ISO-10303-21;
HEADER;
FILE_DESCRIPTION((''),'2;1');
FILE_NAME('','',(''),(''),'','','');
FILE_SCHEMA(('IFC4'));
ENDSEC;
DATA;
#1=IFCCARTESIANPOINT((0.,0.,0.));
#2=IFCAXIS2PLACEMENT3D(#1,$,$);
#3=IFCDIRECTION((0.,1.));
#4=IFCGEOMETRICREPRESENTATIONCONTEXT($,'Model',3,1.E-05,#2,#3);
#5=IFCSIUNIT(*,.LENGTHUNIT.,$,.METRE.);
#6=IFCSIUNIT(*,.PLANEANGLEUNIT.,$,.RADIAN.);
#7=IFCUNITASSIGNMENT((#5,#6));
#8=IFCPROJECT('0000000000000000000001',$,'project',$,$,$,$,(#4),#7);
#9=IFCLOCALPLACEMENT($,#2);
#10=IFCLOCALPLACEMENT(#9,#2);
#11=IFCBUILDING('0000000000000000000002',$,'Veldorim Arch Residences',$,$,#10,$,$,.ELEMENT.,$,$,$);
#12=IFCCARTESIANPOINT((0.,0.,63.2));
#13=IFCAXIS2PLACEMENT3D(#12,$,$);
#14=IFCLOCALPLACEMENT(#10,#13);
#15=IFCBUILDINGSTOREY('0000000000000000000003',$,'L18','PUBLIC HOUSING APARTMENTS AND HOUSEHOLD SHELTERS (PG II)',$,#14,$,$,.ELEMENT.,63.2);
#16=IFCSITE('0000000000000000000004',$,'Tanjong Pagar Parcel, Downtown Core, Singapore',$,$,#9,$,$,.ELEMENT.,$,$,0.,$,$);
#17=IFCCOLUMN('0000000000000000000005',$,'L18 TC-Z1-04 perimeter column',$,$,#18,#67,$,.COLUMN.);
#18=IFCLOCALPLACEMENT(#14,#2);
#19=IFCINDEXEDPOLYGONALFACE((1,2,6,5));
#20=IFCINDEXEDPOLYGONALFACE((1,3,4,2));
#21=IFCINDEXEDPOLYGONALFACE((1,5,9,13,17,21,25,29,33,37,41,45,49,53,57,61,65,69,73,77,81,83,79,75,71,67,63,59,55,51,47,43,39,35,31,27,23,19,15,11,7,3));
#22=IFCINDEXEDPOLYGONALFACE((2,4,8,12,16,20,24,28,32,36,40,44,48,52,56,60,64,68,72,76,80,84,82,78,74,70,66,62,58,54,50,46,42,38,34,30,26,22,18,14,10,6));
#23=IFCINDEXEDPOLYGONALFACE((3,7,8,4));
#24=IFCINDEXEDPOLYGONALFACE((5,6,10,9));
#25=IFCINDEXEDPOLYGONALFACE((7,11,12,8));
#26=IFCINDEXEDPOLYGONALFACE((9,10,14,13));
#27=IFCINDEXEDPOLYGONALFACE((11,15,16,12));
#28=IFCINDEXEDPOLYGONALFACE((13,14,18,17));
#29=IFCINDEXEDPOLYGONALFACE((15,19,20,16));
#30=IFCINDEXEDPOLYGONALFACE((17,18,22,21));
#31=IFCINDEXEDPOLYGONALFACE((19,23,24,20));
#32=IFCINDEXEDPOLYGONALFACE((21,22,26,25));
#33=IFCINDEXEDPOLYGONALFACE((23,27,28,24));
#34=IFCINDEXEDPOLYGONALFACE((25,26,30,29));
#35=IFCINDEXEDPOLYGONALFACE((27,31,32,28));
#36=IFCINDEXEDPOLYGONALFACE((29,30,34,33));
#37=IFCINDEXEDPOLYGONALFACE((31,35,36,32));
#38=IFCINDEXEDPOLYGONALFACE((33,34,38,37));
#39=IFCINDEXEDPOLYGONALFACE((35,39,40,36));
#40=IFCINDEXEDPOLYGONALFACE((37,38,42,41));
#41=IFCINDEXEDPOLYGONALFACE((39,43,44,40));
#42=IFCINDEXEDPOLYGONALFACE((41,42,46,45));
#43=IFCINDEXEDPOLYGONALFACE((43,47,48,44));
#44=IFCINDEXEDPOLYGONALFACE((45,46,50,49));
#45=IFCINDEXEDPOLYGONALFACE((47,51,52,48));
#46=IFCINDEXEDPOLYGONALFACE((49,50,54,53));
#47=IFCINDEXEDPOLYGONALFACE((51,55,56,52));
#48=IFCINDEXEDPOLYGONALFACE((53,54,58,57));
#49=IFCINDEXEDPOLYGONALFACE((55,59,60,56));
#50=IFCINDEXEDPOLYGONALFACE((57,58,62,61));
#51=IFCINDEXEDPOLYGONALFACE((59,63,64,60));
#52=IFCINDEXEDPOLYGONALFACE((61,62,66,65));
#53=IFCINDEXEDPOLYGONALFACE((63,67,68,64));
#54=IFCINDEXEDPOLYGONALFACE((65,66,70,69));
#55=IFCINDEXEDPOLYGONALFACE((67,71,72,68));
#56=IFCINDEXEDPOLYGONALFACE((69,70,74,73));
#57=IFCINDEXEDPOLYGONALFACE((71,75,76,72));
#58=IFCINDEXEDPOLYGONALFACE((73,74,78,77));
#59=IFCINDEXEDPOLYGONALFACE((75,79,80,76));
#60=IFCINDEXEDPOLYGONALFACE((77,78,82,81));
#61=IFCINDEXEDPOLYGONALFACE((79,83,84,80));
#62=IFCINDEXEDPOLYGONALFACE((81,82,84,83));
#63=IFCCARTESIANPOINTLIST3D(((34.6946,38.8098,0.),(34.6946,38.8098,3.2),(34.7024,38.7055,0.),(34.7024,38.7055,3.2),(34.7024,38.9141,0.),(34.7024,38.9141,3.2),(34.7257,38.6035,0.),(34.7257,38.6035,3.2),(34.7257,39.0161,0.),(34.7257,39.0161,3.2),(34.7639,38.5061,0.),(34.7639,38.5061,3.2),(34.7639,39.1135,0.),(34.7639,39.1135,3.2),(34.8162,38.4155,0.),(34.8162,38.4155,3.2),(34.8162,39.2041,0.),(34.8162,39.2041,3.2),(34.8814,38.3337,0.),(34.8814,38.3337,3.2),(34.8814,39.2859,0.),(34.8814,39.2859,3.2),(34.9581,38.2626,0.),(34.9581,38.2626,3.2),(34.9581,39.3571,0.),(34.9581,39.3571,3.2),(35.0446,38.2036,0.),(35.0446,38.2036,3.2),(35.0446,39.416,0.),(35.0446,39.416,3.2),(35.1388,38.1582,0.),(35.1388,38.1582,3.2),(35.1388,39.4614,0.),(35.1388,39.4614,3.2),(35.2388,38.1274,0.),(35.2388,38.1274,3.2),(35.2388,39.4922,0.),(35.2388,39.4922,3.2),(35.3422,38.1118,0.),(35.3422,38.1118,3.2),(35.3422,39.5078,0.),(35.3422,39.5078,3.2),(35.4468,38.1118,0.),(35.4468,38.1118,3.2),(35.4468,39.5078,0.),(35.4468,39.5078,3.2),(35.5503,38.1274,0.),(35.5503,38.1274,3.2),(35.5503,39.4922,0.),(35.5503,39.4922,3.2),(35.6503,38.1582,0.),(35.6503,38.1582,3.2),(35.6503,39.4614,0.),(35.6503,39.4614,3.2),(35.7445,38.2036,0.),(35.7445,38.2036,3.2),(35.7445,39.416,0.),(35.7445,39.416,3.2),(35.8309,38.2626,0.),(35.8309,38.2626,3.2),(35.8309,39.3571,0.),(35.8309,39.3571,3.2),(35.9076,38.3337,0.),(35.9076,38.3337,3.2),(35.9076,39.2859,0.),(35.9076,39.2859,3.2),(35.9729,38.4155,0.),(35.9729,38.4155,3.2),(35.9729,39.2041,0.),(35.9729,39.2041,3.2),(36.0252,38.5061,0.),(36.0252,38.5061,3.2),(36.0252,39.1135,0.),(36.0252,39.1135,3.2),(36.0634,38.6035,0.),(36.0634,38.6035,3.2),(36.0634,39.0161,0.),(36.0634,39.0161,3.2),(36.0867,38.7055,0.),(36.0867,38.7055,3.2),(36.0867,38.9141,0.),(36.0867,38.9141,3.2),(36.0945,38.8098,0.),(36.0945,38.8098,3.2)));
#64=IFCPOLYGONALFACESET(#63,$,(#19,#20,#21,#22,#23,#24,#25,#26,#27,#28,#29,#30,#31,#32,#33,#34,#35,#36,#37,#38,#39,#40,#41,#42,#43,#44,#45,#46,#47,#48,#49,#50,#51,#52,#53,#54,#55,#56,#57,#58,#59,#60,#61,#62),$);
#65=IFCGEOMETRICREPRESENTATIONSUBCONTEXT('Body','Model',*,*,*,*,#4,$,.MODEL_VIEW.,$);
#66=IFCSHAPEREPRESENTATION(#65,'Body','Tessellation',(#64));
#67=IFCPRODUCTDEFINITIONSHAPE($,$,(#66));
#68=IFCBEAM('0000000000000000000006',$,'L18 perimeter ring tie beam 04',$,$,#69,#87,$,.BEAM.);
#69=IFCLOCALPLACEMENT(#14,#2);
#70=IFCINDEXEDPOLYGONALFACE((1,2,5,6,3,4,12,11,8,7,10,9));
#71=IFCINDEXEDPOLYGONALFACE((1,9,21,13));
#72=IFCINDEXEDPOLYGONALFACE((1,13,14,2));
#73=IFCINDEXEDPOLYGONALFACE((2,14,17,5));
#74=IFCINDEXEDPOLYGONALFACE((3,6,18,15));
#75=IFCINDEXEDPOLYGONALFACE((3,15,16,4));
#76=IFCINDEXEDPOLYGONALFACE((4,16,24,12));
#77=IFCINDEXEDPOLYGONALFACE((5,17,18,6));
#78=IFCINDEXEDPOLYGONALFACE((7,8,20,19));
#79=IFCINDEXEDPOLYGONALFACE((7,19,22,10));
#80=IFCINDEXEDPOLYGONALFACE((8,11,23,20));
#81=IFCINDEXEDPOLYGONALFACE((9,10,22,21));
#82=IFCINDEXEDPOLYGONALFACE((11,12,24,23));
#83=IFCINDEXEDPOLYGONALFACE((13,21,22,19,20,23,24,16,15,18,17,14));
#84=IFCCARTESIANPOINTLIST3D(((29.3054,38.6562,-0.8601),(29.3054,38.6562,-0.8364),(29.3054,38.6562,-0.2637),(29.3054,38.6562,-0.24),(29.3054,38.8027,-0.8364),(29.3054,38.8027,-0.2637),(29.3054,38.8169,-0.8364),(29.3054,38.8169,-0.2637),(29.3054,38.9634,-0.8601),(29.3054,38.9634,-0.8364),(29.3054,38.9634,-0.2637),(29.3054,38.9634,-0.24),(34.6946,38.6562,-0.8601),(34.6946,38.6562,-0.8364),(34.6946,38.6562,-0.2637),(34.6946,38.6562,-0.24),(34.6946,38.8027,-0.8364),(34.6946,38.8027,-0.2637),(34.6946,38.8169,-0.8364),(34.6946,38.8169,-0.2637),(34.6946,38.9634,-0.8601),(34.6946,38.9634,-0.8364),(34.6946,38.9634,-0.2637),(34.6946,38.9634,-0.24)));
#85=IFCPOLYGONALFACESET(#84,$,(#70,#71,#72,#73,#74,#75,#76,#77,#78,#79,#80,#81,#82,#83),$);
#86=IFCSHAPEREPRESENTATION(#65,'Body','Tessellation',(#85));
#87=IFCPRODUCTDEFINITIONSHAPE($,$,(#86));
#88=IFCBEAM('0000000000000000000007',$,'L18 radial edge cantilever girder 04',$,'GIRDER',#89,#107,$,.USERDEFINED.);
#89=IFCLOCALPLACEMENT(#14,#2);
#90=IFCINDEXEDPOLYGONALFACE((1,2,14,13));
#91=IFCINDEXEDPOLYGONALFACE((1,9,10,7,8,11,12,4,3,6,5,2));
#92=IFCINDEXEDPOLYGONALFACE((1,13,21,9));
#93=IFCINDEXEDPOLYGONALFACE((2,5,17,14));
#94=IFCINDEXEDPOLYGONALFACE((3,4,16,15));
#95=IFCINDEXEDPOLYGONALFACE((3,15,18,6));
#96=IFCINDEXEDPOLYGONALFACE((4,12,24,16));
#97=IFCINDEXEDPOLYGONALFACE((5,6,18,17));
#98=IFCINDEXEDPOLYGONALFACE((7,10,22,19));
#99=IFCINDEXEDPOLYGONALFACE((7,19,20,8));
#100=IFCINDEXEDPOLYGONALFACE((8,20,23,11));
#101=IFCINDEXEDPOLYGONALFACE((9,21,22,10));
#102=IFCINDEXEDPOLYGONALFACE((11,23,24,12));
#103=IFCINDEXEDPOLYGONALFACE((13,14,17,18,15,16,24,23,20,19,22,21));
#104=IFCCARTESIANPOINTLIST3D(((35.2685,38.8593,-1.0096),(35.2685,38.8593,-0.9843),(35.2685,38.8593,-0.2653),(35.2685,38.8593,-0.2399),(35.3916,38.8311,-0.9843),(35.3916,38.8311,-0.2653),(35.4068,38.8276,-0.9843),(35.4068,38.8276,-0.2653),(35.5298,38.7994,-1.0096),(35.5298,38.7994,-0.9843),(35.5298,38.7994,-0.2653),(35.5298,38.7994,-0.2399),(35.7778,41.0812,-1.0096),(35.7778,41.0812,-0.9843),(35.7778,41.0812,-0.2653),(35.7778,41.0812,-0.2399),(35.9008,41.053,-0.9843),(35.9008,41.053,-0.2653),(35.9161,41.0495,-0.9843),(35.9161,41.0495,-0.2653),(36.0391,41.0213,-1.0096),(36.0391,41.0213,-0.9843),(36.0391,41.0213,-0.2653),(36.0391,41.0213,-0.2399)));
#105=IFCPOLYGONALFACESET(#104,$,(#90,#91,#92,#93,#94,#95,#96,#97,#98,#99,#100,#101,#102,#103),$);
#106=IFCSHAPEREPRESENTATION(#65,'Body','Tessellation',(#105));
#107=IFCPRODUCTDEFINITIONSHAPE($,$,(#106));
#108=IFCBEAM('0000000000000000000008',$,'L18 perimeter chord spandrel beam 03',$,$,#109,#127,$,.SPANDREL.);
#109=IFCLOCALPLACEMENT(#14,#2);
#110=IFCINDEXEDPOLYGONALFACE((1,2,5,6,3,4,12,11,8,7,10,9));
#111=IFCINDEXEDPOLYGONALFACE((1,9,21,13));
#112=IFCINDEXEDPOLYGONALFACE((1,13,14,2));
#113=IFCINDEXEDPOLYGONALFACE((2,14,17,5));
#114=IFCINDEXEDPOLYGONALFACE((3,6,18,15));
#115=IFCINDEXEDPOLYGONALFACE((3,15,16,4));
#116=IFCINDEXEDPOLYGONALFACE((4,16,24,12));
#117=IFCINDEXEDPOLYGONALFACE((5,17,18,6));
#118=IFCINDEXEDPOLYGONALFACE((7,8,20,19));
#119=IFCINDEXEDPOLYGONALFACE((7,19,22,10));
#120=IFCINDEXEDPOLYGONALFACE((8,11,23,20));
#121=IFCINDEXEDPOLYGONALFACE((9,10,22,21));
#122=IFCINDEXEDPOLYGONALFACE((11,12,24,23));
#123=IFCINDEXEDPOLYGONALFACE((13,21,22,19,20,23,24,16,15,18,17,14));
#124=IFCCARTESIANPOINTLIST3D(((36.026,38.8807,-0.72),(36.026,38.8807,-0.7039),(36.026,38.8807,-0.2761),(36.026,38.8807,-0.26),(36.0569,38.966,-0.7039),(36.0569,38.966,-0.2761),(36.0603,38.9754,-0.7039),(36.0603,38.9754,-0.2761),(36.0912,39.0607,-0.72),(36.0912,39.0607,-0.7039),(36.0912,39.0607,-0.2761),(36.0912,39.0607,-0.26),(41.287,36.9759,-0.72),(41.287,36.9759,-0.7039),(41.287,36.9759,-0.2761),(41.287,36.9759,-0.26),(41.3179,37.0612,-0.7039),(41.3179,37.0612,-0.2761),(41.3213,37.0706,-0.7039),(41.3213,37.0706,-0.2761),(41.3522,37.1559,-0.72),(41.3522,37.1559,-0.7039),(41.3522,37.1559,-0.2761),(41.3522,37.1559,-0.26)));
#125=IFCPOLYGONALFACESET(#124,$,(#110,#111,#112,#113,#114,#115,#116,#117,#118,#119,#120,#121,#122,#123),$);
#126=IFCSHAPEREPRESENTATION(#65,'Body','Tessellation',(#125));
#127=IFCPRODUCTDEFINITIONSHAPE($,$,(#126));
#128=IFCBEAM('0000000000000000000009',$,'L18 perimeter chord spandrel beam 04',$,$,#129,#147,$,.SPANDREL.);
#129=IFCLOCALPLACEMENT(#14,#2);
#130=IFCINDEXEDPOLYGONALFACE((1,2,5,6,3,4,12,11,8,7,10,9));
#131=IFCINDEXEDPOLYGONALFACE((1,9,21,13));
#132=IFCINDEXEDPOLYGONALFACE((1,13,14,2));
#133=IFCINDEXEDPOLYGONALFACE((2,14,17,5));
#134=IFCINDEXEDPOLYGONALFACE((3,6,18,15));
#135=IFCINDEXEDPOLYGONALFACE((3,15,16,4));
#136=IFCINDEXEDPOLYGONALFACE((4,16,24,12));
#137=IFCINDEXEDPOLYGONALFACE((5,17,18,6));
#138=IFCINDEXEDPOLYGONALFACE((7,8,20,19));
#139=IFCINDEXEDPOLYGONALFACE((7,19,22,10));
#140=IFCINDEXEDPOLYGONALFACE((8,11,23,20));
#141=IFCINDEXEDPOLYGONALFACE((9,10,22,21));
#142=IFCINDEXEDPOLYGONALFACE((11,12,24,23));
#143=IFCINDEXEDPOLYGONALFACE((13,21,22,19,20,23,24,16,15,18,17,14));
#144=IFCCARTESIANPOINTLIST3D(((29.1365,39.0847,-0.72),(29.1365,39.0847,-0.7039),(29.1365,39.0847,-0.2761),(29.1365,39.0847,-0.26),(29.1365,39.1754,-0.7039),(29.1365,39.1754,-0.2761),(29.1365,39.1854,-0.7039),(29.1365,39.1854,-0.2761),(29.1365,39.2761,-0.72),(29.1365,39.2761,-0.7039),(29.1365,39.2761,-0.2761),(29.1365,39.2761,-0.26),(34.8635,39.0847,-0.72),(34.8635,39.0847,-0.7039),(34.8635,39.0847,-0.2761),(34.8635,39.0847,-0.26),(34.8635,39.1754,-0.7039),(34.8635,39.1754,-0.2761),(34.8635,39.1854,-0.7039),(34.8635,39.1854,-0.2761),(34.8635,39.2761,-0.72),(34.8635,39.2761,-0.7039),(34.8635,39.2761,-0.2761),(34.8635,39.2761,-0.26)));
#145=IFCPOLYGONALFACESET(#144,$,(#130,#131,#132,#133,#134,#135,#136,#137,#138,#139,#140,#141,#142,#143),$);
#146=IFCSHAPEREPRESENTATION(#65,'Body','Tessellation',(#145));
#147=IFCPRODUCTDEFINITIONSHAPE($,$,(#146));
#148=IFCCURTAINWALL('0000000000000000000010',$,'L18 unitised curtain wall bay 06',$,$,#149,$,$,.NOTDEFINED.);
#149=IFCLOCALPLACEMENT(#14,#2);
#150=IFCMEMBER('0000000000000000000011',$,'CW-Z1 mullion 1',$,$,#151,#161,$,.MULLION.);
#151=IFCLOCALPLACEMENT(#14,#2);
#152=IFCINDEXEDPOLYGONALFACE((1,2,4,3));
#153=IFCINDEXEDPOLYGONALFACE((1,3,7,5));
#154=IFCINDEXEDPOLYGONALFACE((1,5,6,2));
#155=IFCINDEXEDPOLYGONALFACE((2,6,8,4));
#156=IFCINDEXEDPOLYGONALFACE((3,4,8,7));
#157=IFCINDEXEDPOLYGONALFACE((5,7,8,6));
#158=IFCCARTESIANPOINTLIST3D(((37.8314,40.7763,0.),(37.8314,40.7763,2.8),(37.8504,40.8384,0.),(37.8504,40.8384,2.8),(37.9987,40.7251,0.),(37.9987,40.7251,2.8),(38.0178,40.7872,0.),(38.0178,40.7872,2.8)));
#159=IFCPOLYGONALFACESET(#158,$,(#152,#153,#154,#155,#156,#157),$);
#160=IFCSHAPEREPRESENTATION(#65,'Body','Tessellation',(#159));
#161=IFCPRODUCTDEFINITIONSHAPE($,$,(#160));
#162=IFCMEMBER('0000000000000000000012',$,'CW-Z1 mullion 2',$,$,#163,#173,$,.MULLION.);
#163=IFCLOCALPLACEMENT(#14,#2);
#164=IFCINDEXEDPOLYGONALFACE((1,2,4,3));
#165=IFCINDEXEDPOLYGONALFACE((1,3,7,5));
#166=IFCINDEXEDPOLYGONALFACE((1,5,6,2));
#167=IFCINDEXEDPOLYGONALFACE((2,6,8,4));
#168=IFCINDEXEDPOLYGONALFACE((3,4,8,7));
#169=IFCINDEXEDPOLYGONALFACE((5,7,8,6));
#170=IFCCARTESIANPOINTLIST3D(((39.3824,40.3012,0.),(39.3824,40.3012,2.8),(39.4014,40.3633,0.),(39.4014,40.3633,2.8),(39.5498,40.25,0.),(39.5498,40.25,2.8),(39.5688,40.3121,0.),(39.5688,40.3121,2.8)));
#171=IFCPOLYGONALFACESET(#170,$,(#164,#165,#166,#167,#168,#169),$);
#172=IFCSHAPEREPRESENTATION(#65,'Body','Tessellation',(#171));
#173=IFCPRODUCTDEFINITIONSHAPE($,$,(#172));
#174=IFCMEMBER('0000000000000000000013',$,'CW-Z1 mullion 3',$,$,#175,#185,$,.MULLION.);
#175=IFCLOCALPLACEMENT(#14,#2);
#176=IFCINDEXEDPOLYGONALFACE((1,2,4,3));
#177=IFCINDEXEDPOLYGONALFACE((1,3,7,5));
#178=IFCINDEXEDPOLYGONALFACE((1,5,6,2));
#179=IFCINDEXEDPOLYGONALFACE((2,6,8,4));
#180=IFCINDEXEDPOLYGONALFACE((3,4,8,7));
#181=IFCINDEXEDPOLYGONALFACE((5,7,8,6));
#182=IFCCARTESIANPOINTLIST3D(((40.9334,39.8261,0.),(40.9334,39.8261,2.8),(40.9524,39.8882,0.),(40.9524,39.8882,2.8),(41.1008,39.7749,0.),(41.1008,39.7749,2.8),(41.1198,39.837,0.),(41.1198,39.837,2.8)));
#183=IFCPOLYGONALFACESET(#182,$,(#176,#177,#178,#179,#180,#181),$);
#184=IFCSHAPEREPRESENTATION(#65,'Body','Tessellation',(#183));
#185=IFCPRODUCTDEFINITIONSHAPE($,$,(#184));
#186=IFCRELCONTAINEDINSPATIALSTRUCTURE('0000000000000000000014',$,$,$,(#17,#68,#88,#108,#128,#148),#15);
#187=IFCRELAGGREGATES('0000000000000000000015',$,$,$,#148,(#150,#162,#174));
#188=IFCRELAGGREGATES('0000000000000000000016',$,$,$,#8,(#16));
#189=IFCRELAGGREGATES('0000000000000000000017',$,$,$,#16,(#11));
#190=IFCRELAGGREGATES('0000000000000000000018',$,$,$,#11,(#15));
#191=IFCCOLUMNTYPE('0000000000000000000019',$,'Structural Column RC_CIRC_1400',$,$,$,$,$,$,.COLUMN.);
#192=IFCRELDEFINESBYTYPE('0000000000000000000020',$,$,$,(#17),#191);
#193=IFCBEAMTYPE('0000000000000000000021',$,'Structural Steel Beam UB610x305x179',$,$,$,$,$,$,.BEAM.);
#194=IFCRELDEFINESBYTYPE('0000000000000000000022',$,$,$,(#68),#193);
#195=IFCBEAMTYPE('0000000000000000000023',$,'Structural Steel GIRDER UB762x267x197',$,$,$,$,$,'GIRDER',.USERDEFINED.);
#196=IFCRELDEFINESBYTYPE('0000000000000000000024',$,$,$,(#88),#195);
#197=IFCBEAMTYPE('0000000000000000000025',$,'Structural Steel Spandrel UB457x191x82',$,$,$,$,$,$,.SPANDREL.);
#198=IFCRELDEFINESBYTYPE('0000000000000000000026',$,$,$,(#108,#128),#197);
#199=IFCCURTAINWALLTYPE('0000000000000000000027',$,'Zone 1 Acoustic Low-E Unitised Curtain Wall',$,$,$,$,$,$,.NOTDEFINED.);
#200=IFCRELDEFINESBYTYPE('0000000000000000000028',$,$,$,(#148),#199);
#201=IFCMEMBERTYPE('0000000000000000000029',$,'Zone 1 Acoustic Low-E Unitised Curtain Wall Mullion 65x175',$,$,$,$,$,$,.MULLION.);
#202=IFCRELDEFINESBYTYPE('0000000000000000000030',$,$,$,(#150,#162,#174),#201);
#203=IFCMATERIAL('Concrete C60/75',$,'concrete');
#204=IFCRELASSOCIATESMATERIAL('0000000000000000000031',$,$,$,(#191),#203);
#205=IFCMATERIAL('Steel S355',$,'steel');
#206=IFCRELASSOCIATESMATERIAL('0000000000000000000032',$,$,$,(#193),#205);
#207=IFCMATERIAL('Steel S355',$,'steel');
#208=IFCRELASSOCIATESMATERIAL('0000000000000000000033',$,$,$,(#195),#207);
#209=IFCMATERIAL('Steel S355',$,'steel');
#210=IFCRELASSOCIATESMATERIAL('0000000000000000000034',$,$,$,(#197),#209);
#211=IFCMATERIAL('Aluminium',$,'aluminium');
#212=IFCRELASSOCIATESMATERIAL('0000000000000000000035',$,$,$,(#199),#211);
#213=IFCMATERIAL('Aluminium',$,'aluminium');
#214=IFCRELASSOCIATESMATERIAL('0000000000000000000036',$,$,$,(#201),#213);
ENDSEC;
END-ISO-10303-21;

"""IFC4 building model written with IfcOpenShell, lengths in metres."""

from ifc_helpers import new_model, si_unit, direction, frame, origin, origin_2d, place, context, subcontext, project, spatial, rectangle, circle, i_section, extrude, material, material_profile, profile_set, type_object, element, aggregate, save


model = new_model("IFC4")

# Units and contexts
model_context = context("Model", 3, precision=1e-05, world=origin(), true_north=direction((0.0, 1.0)))
body_context = subcontext(model_context, "Body", "Model", "MODEL_VIEW")
ifc_project = project(units=[si_unit("LENGTHUNIT", "METRE"), si_unit("PLANEANGLEUNIT", "RADIAN")], contexts=[model_context])

# Site, building, storey
site_placement = place(None, origin())
site = spatial("IfcSite", under=ifc_project, at=site_placement, Name="Tanjong Pagar Parcel, Downtown Core, Singapore", CompositionType="ELEMENT", RefElevation=0.0)
building_placement = place(site_placement, origin())
building = spatial("IfcBuilding", under=site, at=building_placement, Name="Veldorim Arch Residences", CompositionType="ELEMENT")
storey_placement = place(building_placement, frame((0.0, 0.0, 63.2)))
storey = spatial("IfcBuildingStorey", under=building, at=storey_placement, Name="L18", Description="PUBLIC HOUSING APARTMENTS AND HOUSEHOLD SHELTERS (PG II)", CompositionType="ELEMENT", Elevation=63.2)

# Column
ifc_material_1 = material(Name="Concrete C60/75", Category="concrete")
ifc_material_profile_1 = material_profile(ifc_material_1, circle(Radius=0.7, at=origin_2d()), Name="RC_CIRC_1400")
ifc_profile_set_1 = profile_set([ifc_material_profile_1], Name="Concrete C60/75")
column_type = type_object("IfcColumnType", Name="Structural Column RC_CIRC_1400", PredefinedType="COLUMN", material=ifc_profile_set_1)
column_placement = place(storey_placement, frame((35.3945, 38.8098, 0.0), z_axis=(0.0, 0.0, 1.0), x_axis=(1.0, 0.0, 0.0)))
element("IfcColumn", 1, at=column_placement, inside=storey, type_object=column_type, Name="L18 TC-Z1-04 perimeter column", PredefinedType="COLUMN", context=body_context, shape_type="SweptSolid", body=[
    extrude(circle(Radius=0.7, at=origin_2d()), origin(), (0.0, 0.0, 1.0), 3.2),
])

# Beams
ifc_material_2 = material(Name="Steel S355", Category="steel")
ifc_material_profile_2 = material_profile(ifc_material_2, i_section(OverallWidth=0.3071, OverallDepth=0.6201, WebThickness=0.0142, FlangeThickness=0.0237, at=origin_2d()), Name="UB610x305x179")
ifc_profile_set_2 = profile_set([ifc_material_profile_2], Name="Steel S355")
beam_type_1 = type_object("IfcBeamType", Name="Structural Steel Beam UB610x305x179", PredefinedType="BEAM", material=ifc_profile_set_2)
beam_1_placement = place(storey_placement, frame((34.6946, 38.8098, -0.55), z_axis=(-1.0, 0.0, 0.0), x_axis=(0.0, -1.0, 0.0)))
element("IfcBeam", 2, at=beam_1_placement, inside=storey, type_object=beam_type_1, Name="L18 perimeter ring tie beam 04", PredefinedType="BEAM", context=body_context, shape_type="SweptSolid", body=[
    extrude(i_section(OverallWidth=0.3071, OverallDepth=0.6201, WebThickness=0.0142, FlangeThickness=0.0237, at=origin_2d()), origin(), (0.0, 0.0, 1.0), 5.3892),
])
ifc_material_3 = material(Name="Steel S355", Category="steel")
ifc_material_profile_3 = material_profile(ifc_material_3, i_section(OverallWidth=0.2681, OverallDepth=0.7698, WebThickness=0.0156, FlangeThickness=0.0254, at=origin_2d()), Name="UB762x267x197")
ifc_profile_set_3 = profile_set([ifc_material_profile_3], Name="Steel S355")
beam_type_2 = type_object("IfcBeamType", Name="Structural Steel GIRDER UB762x267x197", ElementType="GIRDER", PredefinedType="USERDEFINED", material=ifc_profile_set_3)
beam_2_placement = place(storey_placement, frame((35.3992, 38.8293, -0.6248), z_axis=(0.223412, 0.974724, 0.0), x_axis=(-0.974724, 0.223412, 0.0)))
element("IfcBeam", 3, at=beam_2_placement, inside=storey, type_object=beam_type_2, Name="L18 radial edge cantilever girder 04", ObjectType="GIRDER", PredefinedType="USERDEFINED", context=body_context, shape_type="SweptSolid", body=[
    extrude(i_section(OverallWidth=0.2681, OverallDepth=0.7698, WebThickness=0.0156, FlangeThickness=0.0254, at=origin_2d()), origin(), (0.0, 0.0, 1.0), 2.2795),
])
ifc_material_4 = material(Name="Steel S355", Category="steel")
ifc_material_profile_4 = material_profile(ifc_material_4, i_section(OverallWidth=0.1914, OverallDepth=0.46, WebThickness=0.01, FlangeThickness=0.0161, at=origin_2d()), Name="UB457x191x82")
ifc_profile_set_4 = profile_set([ifc_material_profile_4], Name="Steel S355")
beam_type_3 = type_object("IfcBeamType", Name="Structural Steel Spandrel UB457x191x82", PredefinedType="SPANDREL", material=ifc_profile_set_4)
beam_3_placement = place(storey_placement, frame((41.3196, 37.0659, -0.49), z_axis=(-0.940269, 0.340432, 0.0), x_axis=(-0.340432, -0.940269, 0.0)))
element("IfcBeam", 4, at=beam_3_placement, inside=storey, type_object=beam_type_3, Name="L18 perimeter chord spandrel beam 03", PredefinedType="SPANDREL", context=body_context, shape_type="SweptSolid", body=[
    extrude(i_section(OverallWidth=0.1914, OverallDepth=0.46, WebThickness=0.01, FlangeThickness=0.0161, at=origin_2d()), origin(), (0.0, 0.0, 1.0), 5.5952),
])
beam_4_placement = place(storey_placement, frame((34.8635, 39.1804, -0.49), z_axis=(-1.0, 0.0, 0.0), x_axis=(0.0, -1.0, 0.0)))
element("IfcBeam", 5, at=beam_4_placement, inside=storey, type_object=beam_type_3, Name="L18 perimeter chord spandrel beam 04", PredefinedType="SPANDREL", context=body_context, shape_type="SweptSolid", body=[
    extrude(i_section(OverallWidth=0.1914, OverallDepth=0.46, WebThickness=0.01, FlangeThickness=0.0161, at=origin_2d()), origin(), (0.0, 0.0, 1.0), 5.7271),
])

# Curtain wall, members
ifc_material_5 = material(Name="Aluminium", Category="aluminium")
curtain_wall_type = type_object("IfcCurtainWallType", Name="Zone 1 Acoustic Low-E Unitised Curtain Wall", PredefinedType="NOTDEFINED", material=ifc_material_5)
curtain_wall_placement = place(storey_placement, origin())
curtain_wall = element("IfcCurtainWall", 6, at=curtain_wall_placement, inside=storey, type_object=curtain_wall_type, Name="L18 unitised curtain wall bay 06", PredefinedType="NOTDEFINED")
ifc_material_6 = material(Name="Aluminium", Category="aluminium")
ifc_material_profile_5 = material_profile(ifc_material_6, rectangle(XDim=0.0649, YDim=0.175, at=origin_2d()), Name="ALU_MUL_65x175")
ifc_profile_set_5 = profile_set([ifc_material_profile_5], Name="Aluminium")
member_type_1 = type_object("IfcMemberType", Name="Zone 1 Acoustic Low-E Unitised Curtain Wall Mullion 65x175", PredefinedType="MULLION", material=ifc_profile_set_5)
member_1_placement = place(storey_placement, frame((37.9246, 40.7817, 0.0), z_axis=(0.0, 0.0, 1.0), x_axis=(0.292852, 0.956158, 0.0)))
member_1 = element("IfcMember", 7, at=member_1_placement, type_object=member_type_1, Name="CW-Z1 mullion 1", PredefinedType="MULLION", context=body_context, shape_type="SweptSolid", body=[
    extrude(rectangle(XDim=0.0649, YDim=0.175, at=origin_2d()), origin(), (0.0, 0.0, 1.0), 2.8),
])
member_2_placement = place(storey_placement, frame((39.4756, 40.3066, 0.0), z_axis=(0.0, 0.0, 1.0), x_axis=(0.292852, 0.956158, 0.0)))
member_2 = element("IfcMember", 8, at=member_2_placement, type_object=member_type_1, Name="CW-Z1 mullion 2", PredefinedType="MULLION", context=body_context, shape_type="SweptSolid", body=[
    extrude(rectangle(XDim=0.0649, YDim=0.175, at=origin_2d()), origin(), (0.0, 0.0, 1.0), 2.8),
])
member_3_placement = place(storey_placement, frame((41.0266, 39.8315, 0.0), z_axis=(0.0, 0.0, 1.0), x_axis=(0.292852, 0.956158, 0.0)))
member_3 = element("IfcMember", 9, at=member_3_placement, type_object=member_type_1, Name="CW-Z1 mullion 3", PredefinedType="MULLION", context=body_context, shape_type="SweptSolid", body=[
    extrude(rectangle(XDim=0.0649, YDim=0.175, at=origin_2d()), origin(), (0.0, 0.0, 1.0), 2.8),
])
aggregate(curtain_wall, [member_1, member_2, member_3])

save(model, "model.ifc")
